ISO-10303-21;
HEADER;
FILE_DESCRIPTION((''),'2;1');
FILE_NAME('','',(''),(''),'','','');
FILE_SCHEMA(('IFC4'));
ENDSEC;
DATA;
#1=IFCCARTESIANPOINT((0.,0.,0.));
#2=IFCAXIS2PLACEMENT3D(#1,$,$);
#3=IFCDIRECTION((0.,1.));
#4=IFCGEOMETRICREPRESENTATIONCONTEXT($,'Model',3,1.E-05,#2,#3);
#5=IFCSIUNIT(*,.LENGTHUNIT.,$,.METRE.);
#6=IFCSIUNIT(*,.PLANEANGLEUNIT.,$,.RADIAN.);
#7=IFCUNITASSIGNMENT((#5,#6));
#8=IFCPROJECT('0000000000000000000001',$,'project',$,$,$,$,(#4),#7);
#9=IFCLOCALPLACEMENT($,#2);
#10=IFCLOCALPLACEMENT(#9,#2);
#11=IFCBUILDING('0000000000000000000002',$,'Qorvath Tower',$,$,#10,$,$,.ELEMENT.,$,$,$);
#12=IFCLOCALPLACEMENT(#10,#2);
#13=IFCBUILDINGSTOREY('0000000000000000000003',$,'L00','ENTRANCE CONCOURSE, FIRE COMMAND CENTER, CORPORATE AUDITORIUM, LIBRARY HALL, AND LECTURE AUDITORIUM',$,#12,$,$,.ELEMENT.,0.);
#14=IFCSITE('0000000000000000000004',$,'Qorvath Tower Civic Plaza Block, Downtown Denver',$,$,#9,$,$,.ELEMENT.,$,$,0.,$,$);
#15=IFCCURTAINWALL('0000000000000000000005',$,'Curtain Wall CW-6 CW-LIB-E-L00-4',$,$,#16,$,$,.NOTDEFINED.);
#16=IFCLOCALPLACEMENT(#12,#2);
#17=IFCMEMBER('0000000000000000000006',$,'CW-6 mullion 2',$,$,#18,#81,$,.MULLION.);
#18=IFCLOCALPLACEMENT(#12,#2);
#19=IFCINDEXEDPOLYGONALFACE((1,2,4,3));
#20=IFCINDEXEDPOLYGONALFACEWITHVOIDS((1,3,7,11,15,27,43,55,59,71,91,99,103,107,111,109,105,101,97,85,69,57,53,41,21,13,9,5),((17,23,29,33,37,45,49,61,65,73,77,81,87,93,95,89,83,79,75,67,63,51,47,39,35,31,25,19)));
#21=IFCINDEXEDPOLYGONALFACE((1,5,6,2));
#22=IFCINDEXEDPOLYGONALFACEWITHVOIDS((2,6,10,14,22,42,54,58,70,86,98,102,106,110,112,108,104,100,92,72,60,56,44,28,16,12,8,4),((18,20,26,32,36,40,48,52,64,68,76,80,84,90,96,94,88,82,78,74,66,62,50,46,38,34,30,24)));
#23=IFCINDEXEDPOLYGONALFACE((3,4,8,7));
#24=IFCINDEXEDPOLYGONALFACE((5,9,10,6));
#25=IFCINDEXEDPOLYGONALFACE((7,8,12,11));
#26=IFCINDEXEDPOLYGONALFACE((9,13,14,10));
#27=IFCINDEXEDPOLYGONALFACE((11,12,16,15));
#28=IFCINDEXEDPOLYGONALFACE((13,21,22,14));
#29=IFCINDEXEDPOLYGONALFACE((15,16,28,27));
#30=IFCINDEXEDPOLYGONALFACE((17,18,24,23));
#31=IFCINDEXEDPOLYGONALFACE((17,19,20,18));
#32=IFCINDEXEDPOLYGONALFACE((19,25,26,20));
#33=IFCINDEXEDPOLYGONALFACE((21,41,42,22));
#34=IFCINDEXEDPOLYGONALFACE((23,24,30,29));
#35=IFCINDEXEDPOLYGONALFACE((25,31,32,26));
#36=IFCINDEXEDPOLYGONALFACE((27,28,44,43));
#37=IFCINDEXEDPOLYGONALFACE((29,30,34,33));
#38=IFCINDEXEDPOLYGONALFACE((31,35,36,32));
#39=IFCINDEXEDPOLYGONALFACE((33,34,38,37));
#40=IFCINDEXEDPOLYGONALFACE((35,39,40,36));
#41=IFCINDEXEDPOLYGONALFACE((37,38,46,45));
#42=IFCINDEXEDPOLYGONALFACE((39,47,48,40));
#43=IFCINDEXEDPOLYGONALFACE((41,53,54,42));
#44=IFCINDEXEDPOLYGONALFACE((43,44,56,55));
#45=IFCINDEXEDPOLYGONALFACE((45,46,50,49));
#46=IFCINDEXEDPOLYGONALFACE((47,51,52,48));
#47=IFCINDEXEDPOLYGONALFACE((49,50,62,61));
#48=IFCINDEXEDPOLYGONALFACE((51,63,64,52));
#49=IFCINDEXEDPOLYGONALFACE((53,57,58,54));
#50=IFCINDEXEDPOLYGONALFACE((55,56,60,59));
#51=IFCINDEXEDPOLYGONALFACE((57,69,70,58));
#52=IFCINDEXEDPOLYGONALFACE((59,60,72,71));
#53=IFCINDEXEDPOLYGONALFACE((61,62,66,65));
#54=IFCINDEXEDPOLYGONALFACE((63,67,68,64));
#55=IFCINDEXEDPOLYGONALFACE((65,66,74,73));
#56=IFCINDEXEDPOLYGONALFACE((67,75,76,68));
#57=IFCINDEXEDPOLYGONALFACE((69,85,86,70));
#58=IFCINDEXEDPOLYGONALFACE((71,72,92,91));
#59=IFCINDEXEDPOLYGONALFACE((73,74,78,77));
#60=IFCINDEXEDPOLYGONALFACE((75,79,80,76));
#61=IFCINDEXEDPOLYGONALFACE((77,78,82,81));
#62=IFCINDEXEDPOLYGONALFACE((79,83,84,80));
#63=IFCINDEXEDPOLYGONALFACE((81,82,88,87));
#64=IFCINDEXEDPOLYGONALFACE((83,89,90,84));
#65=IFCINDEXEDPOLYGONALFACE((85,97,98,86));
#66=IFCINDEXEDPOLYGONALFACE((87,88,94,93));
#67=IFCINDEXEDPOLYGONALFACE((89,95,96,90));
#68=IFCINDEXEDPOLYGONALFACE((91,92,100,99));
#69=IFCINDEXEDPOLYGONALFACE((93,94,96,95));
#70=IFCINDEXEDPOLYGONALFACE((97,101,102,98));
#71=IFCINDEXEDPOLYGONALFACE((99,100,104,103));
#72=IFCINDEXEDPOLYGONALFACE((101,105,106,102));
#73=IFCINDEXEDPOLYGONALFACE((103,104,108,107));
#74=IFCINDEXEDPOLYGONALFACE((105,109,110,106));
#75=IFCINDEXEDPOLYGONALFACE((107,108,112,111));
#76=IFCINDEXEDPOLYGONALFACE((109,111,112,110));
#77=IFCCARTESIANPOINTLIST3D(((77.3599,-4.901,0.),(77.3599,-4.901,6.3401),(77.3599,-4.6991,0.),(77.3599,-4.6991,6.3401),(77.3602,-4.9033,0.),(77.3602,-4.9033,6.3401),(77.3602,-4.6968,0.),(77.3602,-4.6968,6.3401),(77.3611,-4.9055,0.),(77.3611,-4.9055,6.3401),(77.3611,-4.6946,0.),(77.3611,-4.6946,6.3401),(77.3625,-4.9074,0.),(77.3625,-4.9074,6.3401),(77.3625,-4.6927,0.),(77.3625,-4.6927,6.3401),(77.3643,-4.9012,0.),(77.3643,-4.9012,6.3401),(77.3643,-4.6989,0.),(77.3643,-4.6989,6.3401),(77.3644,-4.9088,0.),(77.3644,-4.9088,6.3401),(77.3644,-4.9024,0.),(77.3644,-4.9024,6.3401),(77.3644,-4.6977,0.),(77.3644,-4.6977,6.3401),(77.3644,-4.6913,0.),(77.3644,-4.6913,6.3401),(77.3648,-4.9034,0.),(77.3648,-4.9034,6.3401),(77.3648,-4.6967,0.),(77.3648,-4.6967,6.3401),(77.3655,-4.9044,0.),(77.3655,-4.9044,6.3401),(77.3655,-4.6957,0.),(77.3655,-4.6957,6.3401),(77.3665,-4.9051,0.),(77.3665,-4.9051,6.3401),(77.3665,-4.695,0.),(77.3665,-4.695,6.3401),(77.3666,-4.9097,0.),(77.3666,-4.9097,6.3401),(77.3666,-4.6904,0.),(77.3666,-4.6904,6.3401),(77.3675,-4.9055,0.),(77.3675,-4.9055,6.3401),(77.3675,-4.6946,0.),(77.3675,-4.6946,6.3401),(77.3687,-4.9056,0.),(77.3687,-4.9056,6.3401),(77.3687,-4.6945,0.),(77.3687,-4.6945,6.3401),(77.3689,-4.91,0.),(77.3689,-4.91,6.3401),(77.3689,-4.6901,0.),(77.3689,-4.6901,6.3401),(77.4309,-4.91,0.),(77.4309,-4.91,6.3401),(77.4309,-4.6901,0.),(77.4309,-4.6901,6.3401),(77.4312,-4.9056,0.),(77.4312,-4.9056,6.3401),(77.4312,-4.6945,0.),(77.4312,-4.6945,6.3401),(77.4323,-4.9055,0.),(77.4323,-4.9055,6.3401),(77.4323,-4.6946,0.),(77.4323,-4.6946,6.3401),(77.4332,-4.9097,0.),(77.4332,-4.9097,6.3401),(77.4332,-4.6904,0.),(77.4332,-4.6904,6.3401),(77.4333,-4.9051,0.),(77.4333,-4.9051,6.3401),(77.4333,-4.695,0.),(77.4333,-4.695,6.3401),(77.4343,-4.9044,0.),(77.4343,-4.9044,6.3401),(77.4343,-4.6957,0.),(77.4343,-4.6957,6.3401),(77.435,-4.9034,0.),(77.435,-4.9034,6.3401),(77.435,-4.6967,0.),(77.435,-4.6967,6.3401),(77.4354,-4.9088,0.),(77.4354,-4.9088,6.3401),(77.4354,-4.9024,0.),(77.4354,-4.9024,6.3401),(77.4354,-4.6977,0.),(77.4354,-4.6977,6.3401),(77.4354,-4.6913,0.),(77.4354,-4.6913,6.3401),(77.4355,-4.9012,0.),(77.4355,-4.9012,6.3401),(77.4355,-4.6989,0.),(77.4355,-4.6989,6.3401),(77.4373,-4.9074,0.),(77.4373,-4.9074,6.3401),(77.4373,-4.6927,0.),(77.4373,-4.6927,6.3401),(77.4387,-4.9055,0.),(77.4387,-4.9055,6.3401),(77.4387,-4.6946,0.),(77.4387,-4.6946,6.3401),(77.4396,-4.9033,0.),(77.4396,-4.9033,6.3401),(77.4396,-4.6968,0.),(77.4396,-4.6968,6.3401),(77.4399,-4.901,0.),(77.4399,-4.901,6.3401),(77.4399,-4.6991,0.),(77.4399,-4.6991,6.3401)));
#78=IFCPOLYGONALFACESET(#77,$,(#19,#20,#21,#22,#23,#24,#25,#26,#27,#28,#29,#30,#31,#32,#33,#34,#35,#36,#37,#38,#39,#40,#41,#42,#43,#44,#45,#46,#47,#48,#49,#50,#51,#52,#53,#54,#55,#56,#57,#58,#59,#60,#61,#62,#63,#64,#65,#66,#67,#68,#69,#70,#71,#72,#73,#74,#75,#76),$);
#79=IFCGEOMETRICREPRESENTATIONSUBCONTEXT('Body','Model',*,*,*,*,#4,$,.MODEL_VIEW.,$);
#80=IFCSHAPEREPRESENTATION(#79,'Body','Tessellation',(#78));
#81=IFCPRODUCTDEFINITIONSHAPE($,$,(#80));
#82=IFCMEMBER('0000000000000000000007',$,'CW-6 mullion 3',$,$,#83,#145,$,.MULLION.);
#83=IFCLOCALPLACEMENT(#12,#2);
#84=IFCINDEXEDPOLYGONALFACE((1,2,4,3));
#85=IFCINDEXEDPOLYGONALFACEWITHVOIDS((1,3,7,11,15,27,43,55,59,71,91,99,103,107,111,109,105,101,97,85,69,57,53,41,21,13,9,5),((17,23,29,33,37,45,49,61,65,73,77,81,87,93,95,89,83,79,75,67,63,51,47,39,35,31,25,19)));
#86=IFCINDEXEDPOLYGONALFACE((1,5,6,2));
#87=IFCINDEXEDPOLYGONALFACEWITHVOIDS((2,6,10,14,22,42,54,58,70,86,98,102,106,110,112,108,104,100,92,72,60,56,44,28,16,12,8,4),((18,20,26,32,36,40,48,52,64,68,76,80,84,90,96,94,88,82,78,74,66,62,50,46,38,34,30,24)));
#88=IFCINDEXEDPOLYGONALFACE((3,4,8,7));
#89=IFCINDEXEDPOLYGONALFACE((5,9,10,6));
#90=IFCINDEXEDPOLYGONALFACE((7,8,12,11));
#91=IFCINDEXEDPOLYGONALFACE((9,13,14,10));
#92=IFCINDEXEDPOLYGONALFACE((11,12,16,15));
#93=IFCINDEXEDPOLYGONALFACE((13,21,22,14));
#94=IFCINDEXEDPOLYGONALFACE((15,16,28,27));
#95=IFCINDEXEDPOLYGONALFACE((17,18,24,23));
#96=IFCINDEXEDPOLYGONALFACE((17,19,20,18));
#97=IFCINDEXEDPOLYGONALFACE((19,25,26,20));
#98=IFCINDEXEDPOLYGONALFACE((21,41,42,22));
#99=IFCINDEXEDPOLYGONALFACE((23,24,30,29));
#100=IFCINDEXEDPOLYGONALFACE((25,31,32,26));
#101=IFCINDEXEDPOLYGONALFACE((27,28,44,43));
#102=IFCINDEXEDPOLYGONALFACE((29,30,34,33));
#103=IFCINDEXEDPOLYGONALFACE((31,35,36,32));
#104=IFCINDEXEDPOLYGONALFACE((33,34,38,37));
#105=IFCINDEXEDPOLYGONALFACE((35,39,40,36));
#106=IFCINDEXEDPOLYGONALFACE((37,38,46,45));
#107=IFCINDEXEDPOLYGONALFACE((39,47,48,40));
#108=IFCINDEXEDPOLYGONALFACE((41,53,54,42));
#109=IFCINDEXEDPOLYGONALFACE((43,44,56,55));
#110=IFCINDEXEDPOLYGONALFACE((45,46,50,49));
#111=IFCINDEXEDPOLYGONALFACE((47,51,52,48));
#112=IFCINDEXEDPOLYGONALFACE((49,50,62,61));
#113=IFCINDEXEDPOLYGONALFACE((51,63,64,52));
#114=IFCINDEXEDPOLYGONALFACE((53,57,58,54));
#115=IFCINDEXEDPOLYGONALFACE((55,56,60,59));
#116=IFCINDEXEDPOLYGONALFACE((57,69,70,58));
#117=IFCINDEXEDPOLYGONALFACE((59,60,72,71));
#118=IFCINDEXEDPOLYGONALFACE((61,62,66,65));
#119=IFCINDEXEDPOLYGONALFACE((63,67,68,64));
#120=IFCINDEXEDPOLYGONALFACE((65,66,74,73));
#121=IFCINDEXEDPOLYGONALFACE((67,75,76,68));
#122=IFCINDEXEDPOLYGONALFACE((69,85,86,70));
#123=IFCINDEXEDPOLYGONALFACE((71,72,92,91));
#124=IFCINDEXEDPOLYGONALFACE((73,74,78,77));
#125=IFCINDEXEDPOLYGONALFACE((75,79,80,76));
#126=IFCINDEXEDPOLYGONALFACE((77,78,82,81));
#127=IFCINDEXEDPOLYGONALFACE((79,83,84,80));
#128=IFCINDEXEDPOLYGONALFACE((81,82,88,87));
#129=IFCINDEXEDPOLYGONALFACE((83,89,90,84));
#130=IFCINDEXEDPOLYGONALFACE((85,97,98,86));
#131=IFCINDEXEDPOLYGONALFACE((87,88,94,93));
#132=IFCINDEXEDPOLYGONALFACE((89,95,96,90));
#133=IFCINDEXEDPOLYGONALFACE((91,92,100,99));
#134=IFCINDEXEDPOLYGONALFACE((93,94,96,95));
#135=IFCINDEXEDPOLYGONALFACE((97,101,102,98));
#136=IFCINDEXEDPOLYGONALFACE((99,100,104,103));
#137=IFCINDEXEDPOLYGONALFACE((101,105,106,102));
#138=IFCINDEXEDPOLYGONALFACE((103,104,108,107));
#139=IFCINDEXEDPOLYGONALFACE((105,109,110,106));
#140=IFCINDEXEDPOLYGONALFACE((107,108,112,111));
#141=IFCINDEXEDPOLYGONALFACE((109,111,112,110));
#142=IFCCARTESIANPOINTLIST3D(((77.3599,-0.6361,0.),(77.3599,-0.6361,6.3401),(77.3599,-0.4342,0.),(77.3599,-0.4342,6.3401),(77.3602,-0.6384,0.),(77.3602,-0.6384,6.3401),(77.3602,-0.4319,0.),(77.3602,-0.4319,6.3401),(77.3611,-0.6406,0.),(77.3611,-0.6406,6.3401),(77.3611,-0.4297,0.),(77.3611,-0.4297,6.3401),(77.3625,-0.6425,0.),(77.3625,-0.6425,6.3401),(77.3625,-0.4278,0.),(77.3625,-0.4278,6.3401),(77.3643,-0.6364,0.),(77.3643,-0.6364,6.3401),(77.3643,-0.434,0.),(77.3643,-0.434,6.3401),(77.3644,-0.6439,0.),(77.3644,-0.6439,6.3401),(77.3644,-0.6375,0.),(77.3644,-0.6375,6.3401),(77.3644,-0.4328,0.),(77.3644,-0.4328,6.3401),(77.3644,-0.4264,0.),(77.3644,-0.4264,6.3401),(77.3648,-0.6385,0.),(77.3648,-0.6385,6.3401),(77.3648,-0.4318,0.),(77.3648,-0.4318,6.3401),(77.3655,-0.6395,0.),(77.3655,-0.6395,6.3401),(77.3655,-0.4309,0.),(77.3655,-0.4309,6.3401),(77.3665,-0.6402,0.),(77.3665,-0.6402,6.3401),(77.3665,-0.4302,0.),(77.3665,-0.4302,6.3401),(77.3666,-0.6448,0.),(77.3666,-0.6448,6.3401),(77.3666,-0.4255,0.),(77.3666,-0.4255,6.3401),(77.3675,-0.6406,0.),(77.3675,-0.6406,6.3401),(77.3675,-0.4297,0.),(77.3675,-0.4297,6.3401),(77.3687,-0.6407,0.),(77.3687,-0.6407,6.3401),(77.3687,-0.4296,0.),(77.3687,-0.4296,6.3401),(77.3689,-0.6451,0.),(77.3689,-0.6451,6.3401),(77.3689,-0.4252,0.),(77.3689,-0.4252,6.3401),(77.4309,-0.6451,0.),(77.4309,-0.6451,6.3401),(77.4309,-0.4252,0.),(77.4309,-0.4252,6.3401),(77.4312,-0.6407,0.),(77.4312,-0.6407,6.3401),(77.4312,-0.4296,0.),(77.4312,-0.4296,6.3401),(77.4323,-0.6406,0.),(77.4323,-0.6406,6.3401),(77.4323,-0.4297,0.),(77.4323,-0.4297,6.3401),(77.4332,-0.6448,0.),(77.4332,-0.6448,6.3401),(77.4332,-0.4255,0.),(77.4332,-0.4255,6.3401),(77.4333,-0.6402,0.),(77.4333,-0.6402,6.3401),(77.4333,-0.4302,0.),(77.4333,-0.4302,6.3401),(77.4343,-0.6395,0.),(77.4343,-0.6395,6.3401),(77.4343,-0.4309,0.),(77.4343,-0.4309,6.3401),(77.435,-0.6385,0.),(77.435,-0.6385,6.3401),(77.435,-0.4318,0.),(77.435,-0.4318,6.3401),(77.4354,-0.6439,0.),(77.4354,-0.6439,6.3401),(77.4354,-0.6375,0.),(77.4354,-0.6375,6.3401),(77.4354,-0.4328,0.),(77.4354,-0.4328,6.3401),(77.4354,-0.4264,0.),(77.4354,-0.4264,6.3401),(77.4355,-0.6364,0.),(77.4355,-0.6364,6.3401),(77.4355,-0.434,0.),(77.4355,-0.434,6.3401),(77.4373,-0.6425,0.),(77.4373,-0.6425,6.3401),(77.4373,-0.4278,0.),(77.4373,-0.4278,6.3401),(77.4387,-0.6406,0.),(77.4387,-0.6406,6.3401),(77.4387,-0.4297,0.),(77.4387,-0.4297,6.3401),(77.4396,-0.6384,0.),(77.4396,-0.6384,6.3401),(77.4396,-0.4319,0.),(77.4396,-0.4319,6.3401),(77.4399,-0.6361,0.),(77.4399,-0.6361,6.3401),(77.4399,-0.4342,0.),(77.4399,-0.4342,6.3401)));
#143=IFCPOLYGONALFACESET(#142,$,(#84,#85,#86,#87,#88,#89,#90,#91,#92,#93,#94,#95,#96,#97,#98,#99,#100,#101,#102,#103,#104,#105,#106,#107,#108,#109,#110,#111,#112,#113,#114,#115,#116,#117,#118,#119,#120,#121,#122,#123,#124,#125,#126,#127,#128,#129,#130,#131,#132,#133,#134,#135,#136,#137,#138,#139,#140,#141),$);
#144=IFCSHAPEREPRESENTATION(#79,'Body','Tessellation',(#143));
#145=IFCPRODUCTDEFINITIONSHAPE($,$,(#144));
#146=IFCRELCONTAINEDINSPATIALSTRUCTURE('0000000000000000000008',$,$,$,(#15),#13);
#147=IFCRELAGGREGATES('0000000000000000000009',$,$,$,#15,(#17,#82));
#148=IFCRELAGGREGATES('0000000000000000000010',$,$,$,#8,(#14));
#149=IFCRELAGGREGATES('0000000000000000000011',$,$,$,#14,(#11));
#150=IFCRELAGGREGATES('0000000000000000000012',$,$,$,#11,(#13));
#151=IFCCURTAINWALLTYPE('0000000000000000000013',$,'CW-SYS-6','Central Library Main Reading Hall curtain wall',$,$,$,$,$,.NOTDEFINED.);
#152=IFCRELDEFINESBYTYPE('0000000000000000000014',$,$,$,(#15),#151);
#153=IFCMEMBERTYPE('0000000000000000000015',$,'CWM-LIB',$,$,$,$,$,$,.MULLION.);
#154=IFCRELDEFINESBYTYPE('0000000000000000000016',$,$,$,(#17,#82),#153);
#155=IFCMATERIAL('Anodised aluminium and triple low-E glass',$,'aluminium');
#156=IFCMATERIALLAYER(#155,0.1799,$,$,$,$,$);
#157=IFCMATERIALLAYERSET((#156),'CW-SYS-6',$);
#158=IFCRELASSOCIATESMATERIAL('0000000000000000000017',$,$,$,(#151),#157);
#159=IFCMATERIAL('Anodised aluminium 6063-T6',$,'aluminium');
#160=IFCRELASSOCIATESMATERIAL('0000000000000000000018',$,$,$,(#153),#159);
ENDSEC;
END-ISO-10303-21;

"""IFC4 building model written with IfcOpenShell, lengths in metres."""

from ifc_helpers import new_model, si_unit, direction, frame, origin, origin_2d, place, context, subcontext, project, spatial, hollow_rectangle, extrude, material, layer, layer_set, material_profile, profile_set, type_object, element, aggregate, save


model = new_model("IFC4")

# Units and contexts
model_context = context("Model", 3, precision=1e-05, world=origin(), true_north=direction((0.0, 1.0)))
body_context = subcontext(model_context, "Body", "Model", "MODEL_VIEW")
ifc_project = project(units=[si_unit("LENGTHUNIT", "METRE"), si_unit("PLANEANGLEUNIT", "RADIAN")], contexts=[model_context])

# Site, building, storey
site_placement = place(None, origin())
site = spatial("IfcSite", under=ifc_project, at=site_placement, Name="Qorvath Tower Civic Plaza Block, Downtown Denver", CompositionType="ELEMENT", RefElevation=0.0)
building_placement = place(site_placement, origin())
building = spatial("IfcBuilding", under=site, at=building_placement, Name="Qorvath Tower", CompositionType="ELEMENT")
storey_placement = place(building_placement, origin())
storey = spatial("IfcBuildingStorey", under=building, at=storey_placement, Name="L00", Description="ENTRANCE CONCOURSE, FIRE COMMAND CENTER, CORPORATE AUDITORIUM, LIBRARY HALL, AND LECTURE AUDITORIUM", CompositionType="ELEMENT", Elevation=0.0)

# Curtain wall, members
ifc_material_1 = material(Name="Anodised aluminium and triple low-E glass", Category="aluminium")
ifc_layer_1 = layer(ifc_material_1, 0.1799)
ifc_layer_set_1 = layer_set([ifc_layer_1], Name="CW-SYS-6")
curtain_wall_type = type_object("IfcCurtainWallType", Name="CW-SYS-6", Description="Central Library Main Reading Hall curtain wall", PredefinedType="NOTDEFINED", material=ifc_layer_set_1)
ifc_material_2 = material(Name="Anodised aluminium 6063-T6", Category="aluminium")
ifc_material_profile_1 = material_profile(ifc_material_2, hollow_rectangle(XDim=0.0801, YDim=0.22, WallThickness=0.0044, InnerFilletRadius=0.0044, OuterFilletRadius=0.009, at=origin_2d()), Name="CWM LIB 220x80")
ifc_profile_set_1 = profile_set([ifc_material_profile_1], Name="Anodised aluminium 6063-T6")
member_type_1 = type_object("IfcMemberType", Name="CWM-LIB", PredefinedType="MULLION", material=ifc_profile_set_1)
curtain_wall_1_placement = place(storey_placement, origin())
curtain_wall_1 = element("IfcCurtainWall", 1, at=curtain_wall_1_placement, inside=storey, type_object=curtain_wall_type, Name="Curtain Wall CW-6 CW-LIB-E-L00-4", PredefinedType="NOTDEFINED")
member_1_placement = place(storey_placement, frame((77.3999, -4.8, 0.0), z_axis=(0.0, 0.0, 1.0), x_axis=(-1.0, 0.0, 0.0)))
member_1 = element("IfcMember", 2, at=member_1_placement, type_object=member_type_1, Name="CW-6 mullion 2", PredefinedType="MULLION", context=body_context, shape_type="SweptSolid", body=[
    extrude(hollow_rectangle(XDim=0.0801, YDim=0.22, WallThickness=0.0044, InnerFilletRadius=0.0044, OuterFilletRadius=0.009, at=origin_2d()), origin(), (0.0, 0.0, 1.0), 6.3401),
])
member_2_placement = place(storey_placement, frame((77.3999, -0.5352, 0.0), z_axis=(0.0, 0.0, 1.0), x_axis=(-1.0, 0.0, 0.0)))
member_2 = element("IfcMember", 3, at=member_2_placement, type_object=member_type_1, Name="CW-6 mullion 3", PredefinedType="MULLION", context=body_context, shape_type="SweptSolid", body=[
    extrude(hollow_rectangle(XDim=0.0801, YDim=0.22, WallThickness=0.0044, InnerFilletRadius=0.0044, OuterFilletRadius=0.009, at=origin_2d()), origin(), (0.0, 0.0, 1.0), 6.3401),
])

aggregate(curtain_wall_1, [member_1, member_2])

save(model, "model.ifc")
